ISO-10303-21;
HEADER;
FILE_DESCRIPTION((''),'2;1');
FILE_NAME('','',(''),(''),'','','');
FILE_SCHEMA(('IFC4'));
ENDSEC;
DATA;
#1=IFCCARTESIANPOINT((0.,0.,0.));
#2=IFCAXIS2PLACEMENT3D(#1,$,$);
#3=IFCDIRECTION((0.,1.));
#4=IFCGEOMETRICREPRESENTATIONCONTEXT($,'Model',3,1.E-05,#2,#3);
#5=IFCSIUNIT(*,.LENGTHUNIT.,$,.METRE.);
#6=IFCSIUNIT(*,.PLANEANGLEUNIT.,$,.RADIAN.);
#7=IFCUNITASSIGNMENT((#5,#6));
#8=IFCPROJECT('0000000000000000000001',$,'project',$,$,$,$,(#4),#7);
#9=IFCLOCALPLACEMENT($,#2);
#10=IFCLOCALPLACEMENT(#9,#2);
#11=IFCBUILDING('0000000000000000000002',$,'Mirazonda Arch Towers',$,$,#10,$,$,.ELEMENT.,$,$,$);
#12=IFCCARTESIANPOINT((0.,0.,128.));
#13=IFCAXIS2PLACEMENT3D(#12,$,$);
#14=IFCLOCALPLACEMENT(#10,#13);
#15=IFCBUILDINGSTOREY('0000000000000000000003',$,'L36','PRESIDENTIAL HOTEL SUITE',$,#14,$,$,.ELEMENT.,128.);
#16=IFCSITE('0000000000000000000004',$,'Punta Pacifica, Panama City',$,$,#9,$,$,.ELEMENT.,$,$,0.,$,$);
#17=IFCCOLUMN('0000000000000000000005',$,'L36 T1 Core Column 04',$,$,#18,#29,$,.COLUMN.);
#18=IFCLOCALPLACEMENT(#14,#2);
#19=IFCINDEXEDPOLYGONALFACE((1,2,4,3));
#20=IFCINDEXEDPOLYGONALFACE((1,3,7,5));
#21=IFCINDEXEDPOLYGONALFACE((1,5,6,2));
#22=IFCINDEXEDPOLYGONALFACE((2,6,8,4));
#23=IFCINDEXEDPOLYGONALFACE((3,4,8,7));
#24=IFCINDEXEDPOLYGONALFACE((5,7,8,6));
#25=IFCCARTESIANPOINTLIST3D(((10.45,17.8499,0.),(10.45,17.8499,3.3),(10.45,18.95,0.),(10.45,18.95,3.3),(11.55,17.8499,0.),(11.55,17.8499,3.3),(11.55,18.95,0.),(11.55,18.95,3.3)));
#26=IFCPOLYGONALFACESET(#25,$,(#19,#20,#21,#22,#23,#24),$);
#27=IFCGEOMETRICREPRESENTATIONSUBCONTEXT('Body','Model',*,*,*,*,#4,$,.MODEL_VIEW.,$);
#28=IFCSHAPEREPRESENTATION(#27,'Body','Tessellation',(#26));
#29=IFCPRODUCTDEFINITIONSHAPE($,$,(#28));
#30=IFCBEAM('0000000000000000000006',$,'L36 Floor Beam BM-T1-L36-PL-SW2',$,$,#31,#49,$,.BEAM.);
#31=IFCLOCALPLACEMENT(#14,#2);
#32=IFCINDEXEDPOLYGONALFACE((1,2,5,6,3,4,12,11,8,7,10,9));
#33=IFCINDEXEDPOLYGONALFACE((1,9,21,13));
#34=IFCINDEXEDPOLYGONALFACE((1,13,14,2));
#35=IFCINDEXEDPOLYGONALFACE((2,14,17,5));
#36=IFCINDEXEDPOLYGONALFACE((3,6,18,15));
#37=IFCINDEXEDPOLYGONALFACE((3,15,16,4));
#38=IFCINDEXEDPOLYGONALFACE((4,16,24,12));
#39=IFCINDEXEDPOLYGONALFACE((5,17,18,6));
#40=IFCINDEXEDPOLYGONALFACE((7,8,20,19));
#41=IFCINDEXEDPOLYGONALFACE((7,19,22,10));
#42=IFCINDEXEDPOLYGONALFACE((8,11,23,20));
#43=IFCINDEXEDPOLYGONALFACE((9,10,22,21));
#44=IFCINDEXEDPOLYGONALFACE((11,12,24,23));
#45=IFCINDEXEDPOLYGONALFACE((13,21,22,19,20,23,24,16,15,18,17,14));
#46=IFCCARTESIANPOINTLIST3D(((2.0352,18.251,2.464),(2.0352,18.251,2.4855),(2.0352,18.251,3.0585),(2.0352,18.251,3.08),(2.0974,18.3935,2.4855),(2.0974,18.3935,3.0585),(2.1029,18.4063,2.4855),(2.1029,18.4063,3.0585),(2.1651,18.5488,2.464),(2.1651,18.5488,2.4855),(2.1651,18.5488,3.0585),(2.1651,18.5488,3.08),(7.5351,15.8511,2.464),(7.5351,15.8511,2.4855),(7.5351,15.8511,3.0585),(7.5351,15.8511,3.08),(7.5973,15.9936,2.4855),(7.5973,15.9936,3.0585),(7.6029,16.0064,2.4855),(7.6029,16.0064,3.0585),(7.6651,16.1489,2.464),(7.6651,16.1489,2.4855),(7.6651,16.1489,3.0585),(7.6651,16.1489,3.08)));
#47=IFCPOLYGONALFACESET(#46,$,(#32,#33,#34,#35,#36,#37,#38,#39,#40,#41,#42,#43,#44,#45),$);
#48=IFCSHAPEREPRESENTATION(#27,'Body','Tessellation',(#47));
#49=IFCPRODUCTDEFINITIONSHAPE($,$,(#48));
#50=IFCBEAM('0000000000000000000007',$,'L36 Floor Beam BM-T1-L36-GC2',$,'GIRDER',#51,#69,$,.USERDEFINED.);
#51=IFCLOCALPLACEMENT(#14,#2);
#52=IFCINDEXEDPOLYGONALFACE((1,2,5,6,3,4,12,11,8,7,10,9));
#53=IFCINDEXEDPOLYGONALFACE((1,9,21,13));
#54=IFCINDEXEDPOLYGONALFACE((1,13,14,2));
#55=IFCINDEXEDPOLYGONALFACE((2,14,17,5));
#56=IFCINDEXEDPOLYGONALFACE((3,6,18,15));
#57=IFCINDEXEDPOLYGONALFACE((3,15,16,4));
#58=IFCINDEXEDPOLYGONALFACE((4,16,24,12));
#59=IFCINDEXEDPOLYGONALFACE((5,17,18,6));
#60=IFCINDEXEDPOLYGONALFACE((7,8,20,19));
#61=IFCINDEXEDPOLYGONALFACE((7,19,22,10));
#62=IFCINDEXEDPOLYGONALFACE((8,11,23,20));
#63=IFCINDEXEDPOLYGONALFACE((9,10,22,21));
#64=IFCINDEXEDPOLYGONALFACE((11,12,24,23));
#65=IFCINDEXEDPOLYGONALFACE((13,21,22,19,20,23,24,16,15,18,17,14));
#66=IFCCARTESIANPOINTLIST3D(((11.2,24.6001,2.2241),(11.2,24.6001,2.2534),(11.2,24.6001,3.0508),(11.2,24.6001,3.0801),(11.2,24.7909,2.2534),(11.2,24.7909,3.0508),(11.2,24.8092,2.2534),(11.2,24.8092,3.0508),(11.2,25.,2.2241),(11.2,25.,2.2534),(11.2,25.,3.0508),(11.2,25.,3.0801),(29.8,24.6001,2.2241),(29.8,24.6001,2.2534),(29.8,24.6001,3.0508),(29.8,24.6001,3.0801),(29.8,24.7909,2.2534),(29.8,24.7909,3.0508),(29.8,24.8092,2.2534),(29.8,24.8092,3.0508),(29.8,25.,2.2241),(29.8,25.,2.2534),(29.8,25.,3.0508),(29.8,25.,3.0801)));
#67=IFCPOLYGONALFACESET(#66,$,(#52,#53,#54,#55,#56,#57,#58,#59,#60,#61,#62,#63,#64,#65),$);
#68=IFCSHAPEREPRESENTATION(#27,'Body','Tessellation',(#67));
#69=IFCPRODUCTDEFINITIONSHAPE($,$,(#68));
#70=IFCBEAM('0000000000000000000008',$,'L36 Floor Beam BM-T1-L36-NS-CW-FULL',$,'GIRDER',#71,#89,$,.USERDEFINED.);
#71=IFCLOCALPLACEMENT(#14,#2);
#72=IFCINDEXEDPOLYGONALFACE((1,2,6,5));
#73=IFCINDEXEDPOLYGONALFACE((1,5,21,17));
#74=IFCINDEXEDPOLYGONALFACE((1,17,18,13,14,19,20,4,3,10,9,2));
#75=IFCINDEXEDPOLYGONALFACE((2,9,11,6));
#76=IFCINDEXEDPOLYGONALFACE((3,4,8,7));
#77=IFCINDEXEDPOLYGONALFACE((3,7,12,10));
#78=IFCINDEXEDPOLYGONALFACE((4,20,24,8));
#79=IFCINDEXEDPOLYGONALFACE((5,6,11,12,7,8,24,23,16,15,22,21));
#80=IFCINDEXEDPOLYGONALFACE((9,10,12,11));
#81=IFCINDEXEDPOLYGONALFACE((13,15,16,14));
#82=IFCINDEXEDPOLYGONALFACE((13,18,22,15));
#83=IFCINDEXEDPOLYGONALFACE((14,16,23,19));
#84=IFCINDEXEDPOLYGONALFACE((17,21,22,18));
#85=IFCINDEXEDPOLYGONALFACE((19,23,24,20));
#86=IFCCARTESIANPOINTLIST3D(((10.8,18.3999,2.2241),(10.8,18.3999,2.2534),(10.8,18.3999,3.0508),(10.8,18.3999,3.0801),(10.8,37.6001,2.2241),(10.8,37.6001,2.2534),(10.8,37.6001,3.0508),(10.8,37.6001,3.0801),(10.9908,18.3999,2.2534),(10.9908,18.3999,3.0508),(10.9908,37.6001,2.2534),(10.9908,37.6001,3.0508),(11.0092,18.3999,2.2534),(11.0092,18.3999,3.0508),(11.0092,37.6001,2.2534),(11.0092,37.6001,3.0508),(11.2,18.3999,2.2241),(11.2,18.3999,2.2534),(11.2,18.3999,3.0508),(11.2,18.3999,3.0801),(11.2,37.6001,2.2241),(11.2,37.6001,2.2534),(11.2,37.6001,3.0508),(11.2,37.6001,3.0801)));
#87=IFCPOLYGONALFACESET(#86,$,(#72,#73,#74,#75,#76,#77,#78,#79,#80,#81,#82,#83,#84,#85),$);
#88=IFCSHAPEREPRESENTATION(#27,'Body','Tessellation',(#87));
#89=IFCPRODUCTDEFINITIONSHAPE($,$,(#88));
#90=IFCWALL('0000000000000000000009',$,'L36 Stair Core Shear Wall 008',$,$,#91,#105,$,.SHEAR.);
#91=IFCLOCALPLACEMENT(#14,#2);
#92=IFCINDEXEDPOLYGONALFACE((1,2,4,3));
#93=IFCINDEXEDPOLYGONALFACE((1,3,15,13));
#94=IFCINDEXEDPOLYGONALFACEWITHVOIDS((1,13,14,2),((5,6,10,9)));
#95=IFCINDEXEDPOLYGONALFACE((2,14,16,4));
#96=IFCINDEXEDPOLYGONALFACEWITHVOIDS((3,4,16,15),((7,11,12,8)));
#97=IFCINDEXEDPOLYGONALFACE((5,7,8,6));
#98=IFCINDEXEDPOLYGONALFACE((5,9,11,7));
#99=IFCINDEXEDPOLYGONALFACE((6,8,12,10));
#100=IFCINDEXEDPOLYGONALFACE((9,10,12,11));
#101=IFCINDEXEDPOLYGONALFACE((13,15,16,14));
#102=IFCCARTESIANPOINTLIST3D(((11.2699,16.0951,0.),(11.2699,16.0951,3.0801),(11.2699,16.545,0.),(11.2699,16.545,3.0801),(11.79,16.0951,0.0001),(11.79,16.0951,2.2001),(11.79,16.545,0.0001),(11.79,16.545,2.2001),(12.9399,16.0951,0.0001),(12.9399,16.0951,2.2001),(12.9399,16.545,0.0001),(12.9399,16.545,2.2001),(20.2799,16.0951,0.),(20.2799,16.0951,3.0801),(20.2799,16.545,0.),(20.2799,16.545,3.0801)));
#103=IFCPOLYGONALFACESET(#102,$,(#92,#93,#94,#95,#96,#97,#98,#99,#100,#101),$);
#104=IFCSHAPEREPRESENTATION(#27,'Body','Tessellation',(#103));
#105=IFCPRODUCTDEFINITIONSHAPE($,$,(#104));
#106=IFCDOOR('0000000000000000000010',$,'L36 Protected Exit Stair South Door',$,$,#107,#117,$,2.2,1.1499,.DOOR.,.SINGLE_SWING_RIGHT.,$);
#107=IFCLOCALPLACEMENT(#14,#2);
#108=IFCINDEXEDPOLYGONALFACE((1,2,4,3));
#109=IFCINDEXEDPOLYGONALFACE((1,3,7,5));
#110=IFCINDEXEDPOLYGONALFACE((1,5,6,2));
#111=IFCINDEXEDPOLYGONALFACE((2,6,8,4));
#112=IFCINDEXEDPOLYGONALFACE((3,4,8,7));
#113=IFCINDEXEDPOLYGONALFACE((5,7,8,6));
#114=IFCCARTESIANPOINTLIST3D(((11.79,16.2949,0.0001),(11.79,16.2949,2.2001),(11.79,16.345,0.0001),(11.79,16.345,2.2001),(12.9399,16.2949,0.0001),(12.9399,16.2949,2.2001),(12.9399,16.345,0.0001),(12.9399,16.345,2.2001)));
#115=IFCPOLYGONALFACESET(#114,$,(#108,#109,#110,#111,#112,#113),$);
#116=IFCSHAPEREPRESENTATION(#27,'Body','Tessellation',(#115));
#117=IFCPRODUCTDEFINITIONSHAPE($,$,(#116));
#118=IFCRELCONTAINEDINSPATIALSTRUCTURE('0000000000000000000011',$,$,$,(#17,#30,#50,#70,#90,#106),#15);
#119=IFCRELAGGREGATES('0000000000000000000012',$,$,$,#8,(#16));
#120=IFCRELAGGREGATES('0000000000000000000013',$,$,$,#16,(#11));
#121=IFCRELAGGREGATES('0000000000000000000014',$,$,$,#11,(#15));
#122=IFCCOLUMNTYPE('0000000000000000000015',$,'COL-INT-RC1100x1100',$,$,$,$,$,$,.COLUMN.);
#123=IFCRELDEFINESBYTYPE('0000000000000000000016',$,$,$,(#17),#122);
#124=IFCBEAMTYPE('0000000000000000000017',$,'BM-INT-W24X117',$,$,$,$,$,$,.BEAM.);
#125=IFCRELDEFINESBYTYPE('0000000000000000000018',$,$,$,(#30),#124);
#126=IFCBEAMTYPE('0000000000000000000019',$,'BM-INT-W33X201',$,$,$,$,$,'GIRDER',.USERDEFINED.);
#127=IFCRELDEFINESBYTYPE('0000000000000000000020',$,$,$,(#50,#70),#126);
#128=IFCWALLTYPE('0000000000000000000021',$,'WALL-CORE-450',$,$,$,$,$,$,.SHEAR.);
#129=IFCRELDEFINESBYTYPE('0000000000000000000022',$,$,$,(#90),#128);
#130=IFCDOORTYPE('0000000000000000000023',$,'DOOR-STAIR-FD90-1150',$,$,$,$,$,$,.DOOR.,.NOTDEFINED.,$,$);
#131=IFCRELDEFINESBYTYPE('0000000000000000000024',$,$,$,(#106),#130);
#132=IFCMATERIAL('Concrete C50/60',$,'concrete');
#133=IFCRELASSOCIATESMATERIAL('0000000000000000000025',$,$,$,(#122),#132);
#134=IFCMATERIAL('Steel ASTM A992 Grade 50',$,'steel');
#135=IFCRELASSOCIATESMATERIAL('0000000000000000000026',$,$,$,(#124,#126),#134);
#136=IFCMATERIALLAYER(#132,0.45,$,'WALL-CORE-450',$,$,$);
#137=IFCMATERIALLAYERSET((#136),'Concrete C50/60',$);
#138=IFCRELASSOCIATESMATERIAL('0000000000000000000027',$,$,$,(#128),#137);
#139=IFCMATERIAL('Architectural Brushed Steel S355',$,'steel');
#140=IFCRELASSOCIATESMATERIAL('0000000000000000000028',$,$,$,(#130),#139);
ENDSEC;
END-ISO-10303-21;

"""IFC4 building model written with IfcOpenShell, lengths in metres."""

from ifc_helpers import new_model, si_unit, direction, frame, frame_2d, origin, origin_2d, place, context, subcontext, project, spatial, rectangle, i_section, extrude, material, layer, layer_set, material_profile, profile_set, type_object, element, fill, save


model = new_model("IFC4")

# Units and contexts
model_context = context("Model", 3, precision=1e-05, world=origin(), true_north=direction((0.0, 1.0)))
body_context = subcontext(model_context, "Body", "Model", "MODEL_VIEW")
ifc_project = project(units=[si_unit("LENGTHUNIT", "METRE"), si_unit("PLANEANGLEUNIT", "RADIAN")], contexts=[model_context])

# Site, building, storey
site_placement = place(None, origin())
site = spatial("IfcSite", under=ifc_project, at=site_placement, Name="Punta Pacifica, Panama City", CompositionType="ELEMENT", RefElevation=0.0)
building_placement = place(site_placement, origin())
building = spatial("IfcBuilding", under=site, at=building_placement, Name="Mirazonda Arch Towers", CompositionType="ELEMENT")
storey_placement = place(building_placement, frame((0.0, 0.0, 128.0)))
storey = spatial("IfcBuildingStorey", under=building, at=storey_placement, Name="L36", Description="PRESIDENTIAL HOTEL SUITE", CompositionType="ELEMENT", Elevation=128.0)

# Column
ifc_material_1 = material(Name="Concrete C50/60", Category="concrete")
ifc_material_profile_1 = material_profile(ifc_material_1, rectangle(XDim=1.1001, YDim=1.1001, at=origin_2d()), Name="RC1100x1100")
ifc_profile_set_1 = profile_set([ifc_material_profile_1], Name="Concrete C50/60")
column_type = type_object("IfcColumnType", Name="COL-INT-RC1100x1100", PredefinedType="COLUMN", material=ifc_profile_set_1)
column_placement = place(storey_placement, frame((11.0, 18.3999, 0.0), z_axis=(0.0, 0.0, 1.0), x_axis=(1.0, 0.0, 0.0)))
element("IfcColumn", 1, at=column_placement, inside=storey, type_object=column_type, Name="L36 T1 Core Column 04", PredefinedType="COLUMN", context=body_context, shape_type="SweptSolid", body=[
    extrude(rectangle(XDim=1.1001, YDim=1.1001, at=origin_2d()), origin(), (0.0, 0.0, 1.0), 3.3),
])

# Beams
ifc_material_2 = material(Name="Steel ASTM A992 Grade 50", Category="steel")
ifc_material_profile_2 = material_profile(ifc_material_2, i_section(OverallWidth=0.325, OverallDepth=0.616, WebThickness=0.0139, FlangeThickness=0.0215, at=origin_2d()), Name="W24X117")
ifc_profile_set_2 = profile_set([ifc_material_profile_2], Name="Steel ASTM A992 Grade 50")
beam_type_1 = type_object("IfcBeamType", Name="BM-INT-W24X117", PredefinedType="BEAM", material=ifc_profile_set_2)
beam_1_placement = place(storey_placement, frame((7.6001, 16.0, 2.772), z_axis=(-0.916545, 0.399931, 0.0), x_axis=(-0.399931, -0.916545, 0.0)))
element("IfcBeam", 2, at=beam_1_placement, inside=storey, type_object=beam_type_1, Name="L36 Floor Beam BM-T1-L36-PL-SW2", PredefinedType="BEAM", context=body_context, shape_type="SweptSolid", body=[
    extrude(i_section(OverallWidth=0.325, OverallDepth=0.616, WebThickness=0.0139, FlangeThickness=0.0215, at=origin_2d()), origin(), (0.0, 0.0, 1.0), 6.0007),
])
ifc_material_profile_3 = material_profile(ifc_material_2, i_section(OverallWidth=0.3999, OverallDepth=0.856, WebThickness=0.0183, FlangeThickness=0.0293, at=origin_2d()), Name="W33X201")
ifc_profile_set_3 = profile_set([ifc_material_profile_3], Name="Steel ASTM A992 Grade 50")
beam_type_2 = type_object("IfcBeamType", Name="BM-INT-W33X201", ElementType="GIRDER", PredefinedType="USERDEFINED", material=ifc_profile_set_3)
beam_2_placement = place(storey_placement, frame((11.2, 24.8, 2.6521), z_axis=(1.0, 0.0, 0.0), x_axis=(0.0, 1.0, 0.0)))
element("IfcBeam", 3, at=beam_2_placement, inside=storey, type_object=beam_type_2, Name="L36 Floor Beam BM-T1-L36-GC2", ObjectType="GIRDER", PredefinedType="USERDEFINED", context=body_context, shape_type="SweptSolid", body=[
    extrude(i_section(OverallWidth=0.3999, OverallDepth=0.856, WebThickness=0.0183, FlangeThickness=0.0293, at=origin_2d()), origin(), (0.0, 0.0, 1.0), 18.6001),
])
beam_3_placement = place(storey_placement, frame((11.0, 18.3999, 2.6521), z_axis=(0.0, 1.0, 0.0), x_axis=(-1.0, 0.0, 0.0)))
element("IfcBeam", 4, at=beam_3_placement, inside=storey, type_object=beam_type_2, Name="L36 Floor Beam BM-T1-L36-NS-CW-FULL", ObjectType="GIRDER", PredefinedType="USERDEFINED", context=body_context, shape_type="SweptSolid", body=[
    extrude(i_section(OverallWidth=0.3999, OverallDepth=0.856, WebThickness=0.0183, FlangeThickness=0.0293, at=origin_2d()), origin(), (0.0, 0.0, 1.0), 19.2002),
])

# Wall, opening, door
ifc_layer_1 = layer(ifc_material_1, 0.45, Name="WALL-CORE-450")
ifc_layer_set_1 = layer_set([ifc_layer_1], Name="Concrete C50/60")
wall_type_1 = type_object("IfcWallType", Name="WALL-CORE-450", PredefinedType="SHEAR", material=ifc_layer_set_1)
wall_1_placement = place(storey_placement, frame((11.27, 16.3201, 0.0), z_axis=(0.0, 0.0, 1.0), x_axis=(1.0, 0.0, 0.0)))
wall_1 = element("IfcWall", 5, at=wall_1_placement, inside=storey, type_object=wall_type_1, Name="L36 Stair Core Shear Wall 008", PredefinedType="SHEAR", context=body_context, shape_type="SweptSolid", body=[
    extrude(rectangle(XDim=9.01, YDim=0.45, at=frame_2d((4.5049, 0.0))), origin(), (0.0, 0.0, 1.0), 3.0801),
])
opening_1_placement = place(wall_1_placement, frame((0.52, 0.0, 0.0)))
opening_1 = element("IfcOpeningElement", 6, at=opening_1_placement, cuts=wall_1, PredefinedType="OPENING", context=body_context, shape_type="SweptSolid", body=[
    extrude(rectangle(XDim=1.1499, YDim=2.2, at=frame_2d((0.575, 1.1001))), frame((0.0, 0.2349, 0.0), z_axis=(0.0, -1.0, 0.0), x_axis=(1.0, 0.0, 0.0)), (0.0, 0.0, 1.0), 0.47),
])
ifc_material_3 = material(Name="Architectural Brushed Steel S355", Category="steel")
door_type_1 = type_object("IfcDoorType", Name="DOOR-STAIR-FD90-1150", OperationType="NOTDEFINED", PredefinedType="DOOR", material=ifc_material_3)
door_1_placement = place(opening_1_placement, origin())
door_1 = element("IfcDoor", 7, at=door_1_placement, inside=storey, type_object=door_type_1, Name="L36 Protected Exit Stair South Door", OperationType="SINGLE_SWING_RIGHT", OverallHeight=2.2, OverallWidth=1.1499, PredefinedType="DOOR", context=body_context, shape_type="SweptSolid", body=[
    extrude(rectangle(XDim=1.1499, YDim=2.2, at=frame_2d((0.575, 1.1001))), frame((0.0, 0.0249, 0.0), z_axis=(0.0, -1.0, 0.0), x_axis=(1.0, 0.0, 0.0)), (0.0, 0.0, 1.0), 0.05),
])
fill(opening_1, door_1)

save(model, "model.ifc")
